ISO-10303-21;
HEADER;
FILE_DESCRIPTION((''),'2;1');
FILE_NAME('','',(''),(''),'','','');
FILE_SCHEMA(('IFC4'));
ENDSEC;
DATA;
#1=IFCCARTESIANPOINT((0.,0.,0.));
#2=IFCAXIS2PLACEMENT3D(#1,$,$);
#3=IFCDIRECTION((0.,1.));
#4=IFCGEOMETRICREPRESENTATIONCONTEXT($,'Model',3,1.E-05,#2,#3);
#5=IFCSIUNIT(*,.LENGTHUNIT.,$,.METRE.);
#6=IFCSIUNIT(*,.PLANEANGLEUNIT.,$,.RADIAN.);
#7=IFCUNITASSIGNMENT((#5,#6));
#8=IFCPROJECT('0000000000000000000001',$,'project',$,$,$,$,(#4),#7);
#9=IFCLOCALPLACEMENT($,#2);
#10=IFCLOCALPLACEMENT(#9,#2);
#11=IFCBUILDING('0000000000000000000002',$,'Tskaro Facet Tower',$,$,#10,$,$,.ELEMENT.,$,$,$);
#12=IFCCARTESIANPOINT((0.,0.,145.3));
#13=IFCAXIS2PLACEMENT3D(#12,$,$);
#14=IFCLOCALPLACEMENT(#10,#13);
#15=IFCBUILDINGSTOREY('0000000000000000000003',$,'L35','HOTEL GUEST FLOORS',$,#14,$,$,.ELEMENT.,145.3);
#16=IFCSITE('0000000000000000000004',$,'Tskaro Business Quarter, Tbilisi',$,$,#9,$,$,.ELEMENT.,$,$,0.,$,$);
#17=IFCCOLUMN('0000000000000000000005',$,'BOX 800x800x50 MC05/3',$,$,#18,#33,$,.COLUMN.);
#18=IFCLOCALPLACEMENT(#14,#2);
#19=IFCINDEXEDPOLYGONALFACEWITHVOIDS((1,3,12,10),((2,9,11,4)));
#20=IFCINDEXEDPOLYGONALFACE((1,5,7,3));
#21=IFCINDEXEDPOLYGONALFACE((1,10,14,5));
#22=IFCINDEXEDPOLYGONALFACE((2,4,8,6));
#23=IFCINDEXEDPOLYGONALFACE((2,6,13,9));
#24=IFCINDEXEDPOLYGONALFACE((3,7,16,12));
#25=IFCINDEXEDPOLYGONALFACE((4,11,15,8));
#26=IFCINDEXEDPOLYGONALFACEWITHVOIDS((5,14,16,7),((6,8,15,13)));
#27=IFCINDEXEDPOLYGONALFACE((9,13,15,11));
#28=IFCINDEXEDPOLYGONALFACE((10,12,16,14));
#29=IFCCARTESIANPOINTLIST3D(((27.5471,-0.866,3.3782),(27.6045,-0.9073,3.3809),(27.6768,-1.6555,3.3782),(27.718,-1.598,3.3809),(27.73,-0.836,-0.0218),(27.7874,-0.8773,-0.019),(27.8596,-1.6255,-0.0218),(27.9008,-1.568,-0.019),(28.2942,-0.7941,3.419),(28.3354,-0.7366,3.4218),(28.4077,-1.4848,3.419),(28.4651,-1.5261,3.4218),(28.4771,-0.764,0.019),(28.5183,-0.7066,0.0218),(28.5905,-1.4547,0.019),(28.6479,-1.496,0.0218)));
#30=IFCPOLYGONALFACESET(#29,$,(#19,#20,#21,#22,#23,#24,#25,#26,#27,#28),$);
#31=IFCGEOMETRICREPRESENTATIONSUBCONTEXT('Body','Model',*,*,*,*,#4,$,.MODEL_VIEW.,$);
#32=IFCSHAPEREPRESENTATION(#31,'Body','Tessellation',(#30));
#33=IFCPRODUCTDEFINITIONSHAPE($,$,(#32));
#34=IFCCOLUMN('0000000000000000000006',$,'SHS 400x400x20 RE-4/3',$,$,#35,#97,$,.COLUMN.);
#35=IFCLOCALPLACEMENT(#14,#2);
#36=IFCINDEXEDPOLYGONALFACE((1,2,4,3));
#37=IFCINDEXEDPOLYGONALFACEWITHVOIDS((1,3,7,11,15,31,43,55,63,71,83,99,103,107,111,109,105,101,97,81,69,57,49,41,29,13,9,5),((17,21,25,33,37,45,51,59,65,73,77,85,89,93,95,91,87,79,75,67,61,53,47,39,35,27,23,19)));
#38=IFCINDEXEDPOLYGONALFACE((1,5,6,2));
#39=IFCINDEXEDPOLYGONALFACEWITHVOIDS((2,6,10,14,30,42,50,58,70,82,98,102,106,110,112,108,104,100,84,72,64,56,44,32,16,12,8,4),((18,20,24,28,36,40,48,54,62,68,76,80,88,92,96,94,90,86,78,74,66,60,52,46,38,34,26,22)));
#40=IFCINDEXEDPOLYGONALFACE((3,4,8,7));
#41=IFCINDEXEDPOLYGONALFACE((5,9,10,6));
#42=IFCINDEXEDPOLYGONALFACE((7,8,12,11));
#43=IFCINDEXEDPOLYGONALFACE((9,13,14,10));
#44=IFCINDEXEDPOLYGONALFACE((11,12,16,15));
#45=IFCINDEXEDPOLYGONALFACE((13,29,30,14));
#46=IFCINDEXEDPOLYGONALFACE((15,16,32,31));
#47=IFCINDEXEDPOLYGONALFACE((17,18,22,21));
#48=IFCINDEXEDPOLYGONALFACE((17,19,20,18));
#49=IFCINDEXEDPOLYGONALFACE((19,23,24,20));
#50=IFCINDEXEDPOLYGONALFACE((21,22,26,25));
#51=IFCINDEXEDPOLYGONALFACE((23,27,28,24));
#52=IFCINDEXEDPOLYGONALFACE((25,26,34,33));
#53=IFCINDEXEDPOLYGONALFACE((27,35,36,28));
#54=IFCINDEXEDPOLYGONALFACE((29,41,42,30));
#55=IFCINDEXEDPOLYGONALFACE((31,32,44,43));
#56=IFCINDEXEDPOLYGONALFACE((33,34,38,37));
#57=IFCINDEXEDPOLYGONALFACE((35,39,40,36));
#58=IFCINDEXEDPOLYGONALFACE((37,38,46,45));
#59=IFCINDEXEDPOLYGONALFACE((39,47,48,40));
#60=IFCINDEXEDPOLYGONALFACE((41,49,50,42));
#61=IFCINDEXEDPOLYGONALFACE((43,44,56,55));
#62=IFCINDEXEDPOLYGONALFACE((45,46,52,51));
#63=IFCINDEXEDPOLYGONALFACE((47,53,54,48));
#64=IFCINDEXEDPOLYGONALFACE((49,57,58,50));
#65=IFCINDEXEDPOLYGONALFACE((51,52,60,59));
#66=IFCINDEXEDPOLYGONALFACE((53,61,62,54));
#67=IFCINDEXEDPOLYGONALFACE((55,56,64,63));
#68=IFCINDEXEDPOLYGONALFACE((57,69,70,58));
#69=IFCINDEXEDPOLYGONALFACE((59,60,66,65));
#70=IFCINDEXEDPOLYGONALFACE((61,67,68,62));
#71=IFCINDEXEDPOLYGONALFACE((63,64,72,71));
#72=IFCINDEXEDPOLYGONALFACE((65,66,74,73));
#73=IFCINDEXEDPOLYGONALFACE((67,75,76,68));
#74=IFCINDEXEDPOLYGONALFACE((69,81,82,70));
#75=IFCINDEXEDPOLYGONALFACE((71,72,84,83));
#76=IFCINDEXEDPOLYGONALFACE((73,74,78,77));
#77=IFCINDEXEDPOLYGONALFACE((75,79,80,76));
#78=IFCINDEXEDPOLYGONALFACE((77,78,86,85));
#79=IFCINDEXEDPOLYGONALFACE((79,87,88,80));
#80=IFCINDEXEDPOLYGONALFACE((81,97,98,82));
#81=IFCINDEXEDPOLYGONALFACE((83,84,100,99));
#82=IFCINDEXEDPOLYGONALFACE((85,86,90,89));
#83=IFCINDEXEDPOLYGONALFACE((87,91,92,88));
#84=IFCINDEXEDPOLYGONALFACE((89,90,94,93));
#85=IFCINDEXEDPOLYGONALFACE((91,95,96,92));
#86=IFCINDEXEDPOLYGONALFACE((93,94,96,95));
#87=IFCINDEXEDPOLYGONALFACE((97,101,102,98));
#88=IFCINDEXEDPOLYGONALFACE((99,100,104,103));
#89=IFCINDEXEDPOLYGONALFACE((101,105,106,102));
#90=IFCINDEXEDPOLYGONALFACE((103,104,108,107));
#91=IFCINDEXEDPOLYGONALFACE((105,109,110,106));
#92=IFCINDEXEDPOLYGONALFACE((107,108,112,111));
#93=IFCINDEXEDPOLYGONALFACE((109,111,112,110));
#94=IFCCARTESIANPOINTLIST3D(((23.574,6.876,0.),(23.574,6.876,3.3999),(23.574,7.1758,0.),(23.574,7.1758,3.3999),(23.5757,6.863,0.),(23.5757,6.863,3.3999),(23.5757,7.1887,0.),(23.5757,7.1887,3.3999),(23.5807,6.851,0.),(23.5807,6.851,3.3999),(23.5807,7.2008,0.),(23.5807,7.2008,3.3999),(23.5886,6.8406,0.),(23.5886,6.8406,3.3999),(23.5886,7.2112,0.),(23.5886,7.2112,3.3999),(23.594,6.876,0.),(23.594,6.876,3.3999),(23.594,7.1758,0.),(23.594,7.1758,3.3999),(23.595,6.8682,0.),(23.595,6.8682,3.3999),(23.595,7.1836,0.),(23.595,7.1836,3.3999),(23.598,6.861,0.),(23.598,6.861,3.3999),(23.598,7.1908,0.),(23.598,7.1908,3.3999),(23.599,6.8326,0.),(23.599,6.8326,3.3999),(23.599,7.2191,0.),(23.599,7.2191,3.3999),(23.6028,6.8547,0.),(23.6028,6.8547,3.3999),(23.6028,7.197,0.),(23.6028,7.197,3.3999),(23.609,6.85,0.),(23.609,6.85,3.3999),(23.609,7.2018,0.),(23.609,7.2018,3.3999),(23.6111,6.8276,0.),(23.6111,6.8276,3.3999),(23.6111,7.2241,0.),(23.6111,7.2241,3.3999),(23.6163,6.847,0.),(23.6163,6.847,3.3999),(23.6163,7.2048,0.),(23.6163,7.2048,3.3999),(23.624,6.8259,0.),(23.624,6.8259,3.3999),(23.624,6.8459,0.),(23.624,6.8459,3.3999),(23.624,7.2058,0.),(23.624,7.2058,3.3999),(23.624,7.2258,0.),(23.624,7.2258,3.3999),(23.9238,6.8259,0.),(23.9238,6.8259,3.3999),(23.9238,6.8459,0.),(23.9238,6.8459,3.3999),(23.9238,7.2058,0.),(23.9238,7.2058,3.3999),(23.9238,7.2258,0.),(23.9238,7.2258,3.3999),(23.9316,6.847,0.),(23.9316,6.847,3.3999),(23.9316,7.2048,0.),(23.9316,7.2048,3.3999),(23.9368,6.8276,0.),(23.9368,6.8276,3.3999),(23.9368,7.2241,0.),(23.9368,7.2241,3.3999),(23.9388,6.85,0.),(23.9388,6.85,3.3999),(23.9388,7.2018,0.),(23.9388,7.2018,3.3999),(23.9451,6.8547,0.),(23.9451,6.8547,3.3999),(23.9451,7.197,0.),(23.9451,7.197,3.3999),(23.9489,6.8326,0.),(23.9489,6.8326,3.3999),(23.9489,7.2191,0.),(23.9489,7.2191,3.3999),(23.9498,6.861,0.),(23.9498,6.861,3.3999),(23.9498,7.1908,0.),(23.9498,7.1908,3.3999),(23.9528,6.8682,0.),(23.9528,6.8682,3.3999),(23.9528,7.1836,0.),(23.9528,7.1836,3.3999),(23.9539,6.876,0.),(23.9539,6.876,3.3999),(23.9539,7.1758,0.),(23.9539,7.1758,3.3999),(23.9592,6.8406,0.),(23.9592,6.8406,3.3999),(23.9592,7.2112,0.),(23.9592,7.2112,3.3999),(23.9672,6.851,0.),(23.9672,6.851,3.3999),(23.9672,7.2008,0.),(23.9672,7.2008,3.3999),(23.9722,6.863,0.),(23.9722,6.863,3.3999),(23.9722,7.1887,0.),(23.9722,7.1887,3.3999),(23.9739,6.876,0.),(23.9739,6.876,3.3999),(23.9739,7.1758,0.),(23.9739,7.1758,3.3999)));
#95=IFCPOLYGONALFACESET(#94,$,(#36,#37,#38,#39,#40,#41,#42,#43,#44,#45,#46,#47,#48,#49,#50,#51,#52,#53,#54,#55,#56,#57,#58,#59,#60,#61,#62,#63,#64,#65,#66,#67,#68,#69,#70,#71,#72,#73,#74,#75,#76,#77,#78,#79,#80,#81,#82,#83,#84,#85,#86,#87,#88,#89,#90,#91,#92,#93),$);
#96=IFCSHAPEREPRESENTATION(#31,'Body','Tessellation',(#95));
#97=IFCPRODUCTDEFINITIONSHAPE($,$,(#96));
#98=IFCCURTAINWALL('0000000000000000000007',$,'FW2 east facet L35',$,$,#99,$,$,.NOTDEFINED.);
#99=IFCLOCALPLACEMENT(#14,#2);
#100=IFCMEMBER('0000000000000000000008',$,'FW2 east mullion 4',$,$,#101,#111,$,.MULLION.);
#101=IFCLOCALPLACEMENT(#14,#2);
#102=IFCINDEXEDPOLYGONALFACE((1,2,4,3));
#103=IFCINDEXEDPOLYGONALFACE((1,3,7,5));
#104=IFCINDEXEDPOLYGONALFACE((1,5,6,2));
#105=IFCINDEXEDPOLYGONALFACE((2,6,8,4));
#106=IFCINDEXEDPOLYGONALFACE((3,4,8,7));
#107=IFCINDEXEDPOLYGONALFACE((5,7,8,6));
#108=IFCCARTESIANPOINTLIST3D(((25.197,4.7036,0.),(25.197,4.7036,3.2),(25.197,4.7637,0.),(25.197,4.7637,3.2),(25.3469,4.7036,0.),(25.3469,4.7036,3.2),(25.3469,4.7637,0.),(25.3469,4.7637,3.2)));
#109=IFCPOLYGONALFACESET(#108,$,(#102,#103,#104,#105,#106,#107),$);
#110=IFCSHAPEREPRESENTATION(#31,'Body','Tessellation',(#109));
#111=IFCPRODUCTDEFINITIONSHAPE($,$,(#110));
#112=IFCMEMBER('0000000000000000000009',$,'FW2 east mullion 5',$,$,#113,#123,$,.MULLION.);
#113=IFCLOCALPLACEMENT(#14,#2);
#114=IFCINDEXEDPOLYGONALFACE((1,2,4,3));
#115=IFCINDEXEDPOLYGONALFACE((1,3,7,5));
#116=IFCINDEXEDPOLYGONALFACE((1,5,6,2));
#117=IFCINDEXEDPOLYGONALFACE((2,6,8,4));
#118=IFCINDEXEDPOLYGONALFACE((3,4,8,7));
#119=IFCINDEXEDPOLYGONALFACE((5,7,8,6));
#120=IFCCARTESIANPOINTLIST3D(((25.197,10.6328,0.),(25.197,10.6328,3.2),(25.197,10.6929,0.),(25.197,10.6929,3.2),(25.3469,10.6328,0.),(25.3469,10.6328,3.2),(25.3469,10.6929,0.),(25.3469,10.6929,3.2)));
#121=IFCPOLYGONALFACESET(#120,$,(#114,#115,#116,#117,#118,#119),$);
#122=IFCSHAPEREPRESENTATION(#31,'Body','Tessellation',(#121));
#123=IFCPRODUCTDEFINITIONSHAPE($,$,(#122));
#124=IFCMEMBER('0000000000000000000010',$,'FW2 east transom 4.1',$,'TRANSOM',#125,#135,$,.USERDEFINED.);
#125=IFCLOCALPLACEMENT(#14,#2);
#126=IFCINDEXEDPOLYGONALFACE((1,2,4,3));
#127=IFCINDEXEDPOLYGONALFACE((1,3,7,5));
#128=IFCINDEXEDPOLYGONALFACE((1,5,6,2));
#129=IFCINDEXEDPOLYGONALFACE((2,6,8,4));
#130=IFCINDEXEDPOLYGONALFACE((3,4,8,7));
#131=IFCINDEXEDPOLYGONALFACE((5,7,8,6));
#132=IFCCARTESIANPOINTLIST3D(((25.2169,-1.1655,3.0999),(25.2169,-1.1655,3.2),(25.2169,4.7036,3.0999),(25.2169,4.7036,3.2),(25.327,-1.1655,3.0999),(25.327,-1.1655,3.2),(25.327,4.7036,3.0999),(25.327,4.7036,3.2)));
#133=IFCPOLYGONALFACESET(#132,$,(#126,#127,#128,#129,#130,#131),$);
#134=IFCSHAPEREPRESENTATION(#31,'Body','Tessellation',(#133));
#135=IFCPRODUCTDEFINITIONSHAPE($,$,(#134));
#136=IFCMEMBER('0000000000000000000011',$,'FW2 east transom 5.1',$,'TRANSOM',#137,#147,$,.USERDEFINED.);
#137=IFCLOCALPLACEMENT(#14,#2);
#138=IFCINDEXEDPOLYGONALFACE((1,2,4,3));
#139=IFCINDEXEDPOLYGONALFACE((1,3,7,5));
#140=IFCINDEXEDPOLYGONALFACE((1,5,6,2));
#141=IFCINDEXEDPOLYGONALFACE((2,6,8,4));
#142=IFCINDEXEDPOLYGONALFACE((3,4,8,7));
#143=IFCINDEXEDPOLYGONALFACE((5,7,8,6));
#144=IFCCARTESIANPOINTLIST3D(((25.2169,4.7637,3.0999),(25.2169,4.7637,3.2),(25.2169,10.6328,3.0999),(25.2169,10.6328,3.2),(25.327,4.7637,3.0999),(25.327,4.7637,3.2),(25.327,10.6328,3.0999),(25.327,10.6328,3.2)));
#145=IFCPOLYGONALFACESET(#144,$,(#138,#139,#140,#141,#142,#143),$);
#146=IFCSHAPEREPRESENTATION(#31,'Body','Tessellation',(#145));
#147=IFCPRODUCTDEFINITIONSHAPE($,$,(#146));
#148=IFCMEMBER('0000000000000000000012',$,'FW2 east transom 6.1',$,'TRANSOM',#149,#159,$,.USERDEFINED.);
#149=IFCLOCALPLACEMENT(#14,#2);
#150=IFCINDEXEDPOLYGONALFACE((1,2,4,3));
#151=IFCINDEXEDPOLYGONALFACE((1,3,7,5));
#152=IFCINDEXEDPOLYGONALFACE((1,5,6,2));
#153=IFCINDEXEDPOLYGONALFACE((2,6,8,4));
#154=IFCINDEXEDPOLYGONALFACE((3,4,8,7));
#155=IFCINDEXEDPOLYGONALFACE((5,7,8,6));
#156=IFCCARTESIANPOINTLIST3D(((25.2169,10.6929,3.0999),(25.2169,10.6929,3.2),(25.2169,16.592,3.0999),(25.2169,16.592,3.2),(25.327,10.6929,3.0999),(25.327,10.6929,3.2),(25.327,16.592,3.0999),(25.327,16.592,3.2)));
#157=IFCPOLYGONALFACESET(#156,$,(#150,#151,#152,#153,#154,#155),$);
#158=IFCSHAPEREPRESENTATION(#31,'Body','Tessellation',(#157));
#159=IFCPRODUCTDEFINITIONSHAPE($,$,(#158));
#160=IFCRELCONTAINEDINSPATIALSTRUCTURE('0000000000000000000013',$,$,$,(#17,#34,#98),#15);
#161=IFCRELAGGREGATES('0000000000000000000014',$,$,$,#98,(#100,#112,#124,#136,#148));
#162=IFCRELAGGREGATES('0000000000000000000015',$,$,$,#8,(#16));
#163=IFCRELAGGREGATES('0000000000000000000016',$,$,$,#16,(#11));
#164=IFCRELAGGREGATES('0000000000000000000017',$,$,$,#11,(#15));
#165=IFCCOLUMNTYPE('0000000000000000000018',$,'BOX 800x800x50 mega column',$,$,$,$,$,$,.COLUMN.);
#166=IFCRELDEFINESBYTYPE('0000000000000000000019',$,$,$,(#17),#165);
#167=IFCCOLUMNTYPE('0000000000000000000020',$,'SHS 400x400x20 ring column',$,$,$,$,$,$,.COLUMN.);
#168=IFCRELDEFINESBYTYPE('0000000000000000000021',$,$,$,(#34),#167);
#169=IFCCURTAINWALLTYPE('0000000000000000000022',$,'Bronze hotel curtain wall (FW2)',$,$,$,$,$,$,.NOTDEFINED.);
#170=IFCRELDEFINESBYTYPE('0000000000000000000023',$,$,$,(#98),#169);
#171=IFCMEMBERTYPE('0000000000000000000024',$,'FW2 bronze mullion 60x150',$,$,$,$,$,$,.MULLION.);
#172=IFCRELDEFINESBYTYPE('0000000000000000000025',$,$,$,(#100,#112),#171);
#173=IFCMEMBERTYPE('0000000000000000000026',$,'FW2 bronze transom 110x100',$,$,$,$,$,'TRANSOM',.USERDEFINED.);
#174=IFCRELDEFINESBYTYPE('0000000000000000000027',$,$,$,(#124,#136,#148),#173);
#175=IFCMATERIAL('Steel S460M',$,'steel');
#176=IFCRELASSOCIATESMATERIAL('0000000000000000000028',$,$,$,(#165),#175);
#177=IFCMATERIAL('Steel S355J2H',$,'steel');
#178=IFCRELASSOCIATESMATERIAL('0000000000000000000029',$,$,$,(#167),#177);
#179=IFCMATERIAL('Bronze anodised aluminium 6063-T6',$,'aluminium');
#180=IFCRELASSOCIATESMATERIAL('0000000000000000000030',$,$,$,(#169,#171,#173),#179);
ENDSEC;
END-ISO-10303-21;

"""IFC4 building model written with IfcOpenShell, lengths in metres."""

from ifc_helpers import new_model, si_unit, direction, frame, origin, origin_2d, place, context, subcontext, project, spatial, rectangle, hollow_rectangle, extrude, material, material_profile, profile_set, type_object, element, aggregate, save


model = new_model("IFC4")

# Units and contexts
model_context = context("Model", 3, precision=1e-05, world=origin(), true_north=direction((0.0, 1.0)))
body_context = subcontext(model_context, "Body", "Model", "MODEL_VIEW")
ifc_project = project(units=[si_unit("LENGTHUNIT", "METRE"), si_unit("PLANEANGLEUNIT", "RADIAN")], contexts=[model_context])

# Site, building, storey
site_placement = place(None, origin())
site = spatial("IfcSite", under=ifc_project, at=site_placement, Name="Tskaro Business Quarter, Tbilisi", CompositionType="ELEMENT", RefElevation=0.0)
building_placement = place(site_placement, origin())
building = spatial("IfcBuilding", under=site, at=building_placement, Name="Tskaro Facet Tower", CompositionType="ELEMENT")
storey_placement = place(building_placement, frame((0.0, 0.0, 145.3)))
storey = spatial("IfcBuildingStorey", under=building, at=storey_placement, Name="L35", Description="HOTEL GUEST FLOORS", CompositionType="ELEMENT", Elevation=145.3)

# Columns
ifc_material_1 = material(Name="Steel S460M", Category="steel")
ifc_material_profile_1 = material_profile(ifc_material_1, hollow_rectangle(XDim=0.8, YDim=0.8, WallThickness=0.05, at=origin_2d()), Name="BOX 800x800x50")
ifc_profile_set_1 = profile_set([ifc_material_profile_1], Name="Steel S460M")
column_type_1 = type_object("IfcColumnType", Name="BOX 800x800x50 mega column", PredefinedType="COLUMN", material=ifc_profile_set_1)
column_1_placement = place(storey_placement, frame((28.189, -1.166, 0.0), z_axis=(-0.053705, -0.008819, 0.998518), x_axis=(0.162048, -0.986783, 0.0)))
element("IfcColumn", 1, at=column_1_placement, inside=storey, type_object=column_type_1, Name="BOX 800x800x50 MC05/3", PredefinedType="COLUMN", context=body_context, shape_type="SweptSolid", body=[
    extrude(hollow_rectangle(XDim=0.8, YDim=0.8, WallThickness=0.05, at=origin_2d()), origin(), (0.0, 0.0, 1.0), 3.405),
])
ifc_material_2 = material(Name="Steel S355J2H", Category="steel")
ifc_material_profile_2 = material_profile(ifc_material_2, hollow_rectangle(XDim=0.3999, YDim=0.3999, WallThickness=0.02, InnerFilletRadius=0.03, OuterFilletRadius=0.05, at=origin_2d()), Name="SHS 400x400x20")
ifc_profile_set_2 = profile_set([ifc_material_profile_2], Name="Steel S355J2H")
column_type_2 = type_object("IfcColumnType", Name="SHS 400x400x20 ring column", PredefinedType="COLUMN", material=ifc_profile_set_2)
column_2_placement = place(storey_placement, frame((23.7739, 7.0259, 0.0), z_axis=(0.0, 0.0, 1.0), x_axis=(1.0, 0.0, 0.0)))
element("IfcColumn", 2, at=column_2_placement, inside=storey, type_object=column_type_2, Name="SHS 400x400x20 RE-4/3", PredefinedType="COLUMN", context=body_context, shape_type="SweptSolid", body=[
    extrude(hollow_rectangle(XDim=0.3999, YDim=0.3999, WallThickness=0.02, InnerFilletRadius=0.03, OuterFilletRadius=0.05, at=origin_2d()), origin(), (0.0, 0.0, 1.0), 3.3999),
])

# Curtain wall, members
ifc_material_3 = material(Name="Bronze anodised aluminium 6063-T6", Category="aluminium")
curtain_wall_type = type_object("IfcCurtainWallType", Name="Bronze hotel curtain wall (FW2)", PredefinedType="NOTDEFINED", material=ifc_material_3)
curtain_wall_placement = place(storey_placement, origin())
curtain_wall = element("IfcCurtainWall", 3, at=curtain_wall_placement, inside=storey, type_object=curtain_wall_type, Name="FW2 east facet L35", PredefinedType="NOTDEFINED")
ifc_material_profile_3 = material_profile(ifc_material_3, rectangle(XDim=0.0601, YDim=0.1499, at=origin_2d()), Name="Mullion 60x150")
ifc_profile_set_3 = profile_set([ifc_material_profile_3], Name="Bronze anodised aluminium 6063-T6")
member_type_1 = type_object("IfcMemberType", Name="FW2 bronze mullion 60x150", PredefinedType="MULLION", material=ifc_profile_set_3)
member_1_placement = place(storey_placement, frame((25.272, 4.7336, 0.0), z_axis=(0.0, 0.0, 1.0), x_axis=(0.0, 1.0, 0.0)))
member_1 = element("IfcMember", 4, at=member_1_placement, type_object=member_type_1, Name="FW2 east mullion 4", PredefinedType="MULLION", context=body_context, shape_type="SweptSolid", body=[
    extrude(rectangle(XDim=0.0601, YDim=0.1499, at=origin_2d()), origin(), (0.0, 0.0, 1.0), 3.2),
])
member_2_placement = place(storey_placement, frame((25.272, 10.6628, 0.0), z_axis=(0.0, 0.0, 1.0), x_axis=(0.0, 1.0, 0.0)))
member_2 = element("IfcMember", 5, at=member_2_placement, type_object=member_type_1, Name="FW2 east mullion 5", PredefinedType="MULLION", context=body_context, shape_type="SweptSolid", body=[
    extrude(rectangle(XDim=0.0601, YDim=0.1499, at=origin_2d()), origin(), (0.0, 0.0, 1.0), 3.2),
])
ifc_material_profile_4 = material_profile(ifc_material_3, rectangle(XDim=0.1101, YDim=0.1001, at=origin_2d()), Name="Transom 110x100")
ifc_profile_set_4 = profile_set([ifc_material_profile_4], Name="Bronze anodised aluminium 6063-T6")
member_type_2 = type_object("IfcMemberType", Name="FW2 bronze transom 110x100", ElementType="TRANSOM", PredefinedType="USERDEFINED", material=ifc_profile_set_4)
member_3_placement = place(storey_placement, frame((25.272, -1.1655, 3.1499), z_axis=(0.0, 1.0, 0.0), x_axis=(-1.0, 0.0, 0.0)))
member_3 = element("IfcMember", 6, at=member_3_placement, type_object=member_type_2, Name="FW2 east transom 4.1", ObjectType="TRANSOM", PredefinedType="USERDEFINED", context=body_context, shape_type="SweptSolid", body=[
    extrude(rectangle(XDim=0.1101, YDim=0.1001, at=origin_2d()), origin(), (0.0, 0.0, 1.0), 5.8691),
])
member_4_placement = place(storey_placement, frame((25.272, 4.7637, 3.1499), z_axis=(0.0, 1.0, 0.0), x_axis=(-1.0, 0.0, 0.0)))
member_4 = element("IfcMember", 7, at=member_4_placement, type_object=member_type_2, Name="FW2 east transom 5.1", ObjectType="TRANSOM", PredefinedType="USERDEFINED", context=body_context, shape_type="SweptSolid", body=[
    extrude(rectangle(XDim=0.1101, YDim=0.1001, at=origin_2d()), origin(), (0.0, 0.0, 1.0), 5.8691),
])
member_5_placement = place(storey_placement, frame((25.272, 10.6929, 3.1499), z_axis=(0.0, 1.0, 0.0), x_axis=(-1.0, 0.0, 0.0)))
member_5 = element("IfcMember", 8, at=member_5_placement, type_object=member_type_2, Name="FW2 east transom 6.1", ObjectType="TRANSOM", PredefinedType="USERDEFINED", context=body_context, shape_type="SweptSolid", body=[
    extrude(rectangle(XDim=0.1101, YDim=0.1001, at=origin_2d()), origin(), (0.0, 0.0, 1.0), 5.8992),
])

aggregate(curtain_wall, [member_1, member_2, member_3, member_4, member_5])

save(model, "model.ifc")
